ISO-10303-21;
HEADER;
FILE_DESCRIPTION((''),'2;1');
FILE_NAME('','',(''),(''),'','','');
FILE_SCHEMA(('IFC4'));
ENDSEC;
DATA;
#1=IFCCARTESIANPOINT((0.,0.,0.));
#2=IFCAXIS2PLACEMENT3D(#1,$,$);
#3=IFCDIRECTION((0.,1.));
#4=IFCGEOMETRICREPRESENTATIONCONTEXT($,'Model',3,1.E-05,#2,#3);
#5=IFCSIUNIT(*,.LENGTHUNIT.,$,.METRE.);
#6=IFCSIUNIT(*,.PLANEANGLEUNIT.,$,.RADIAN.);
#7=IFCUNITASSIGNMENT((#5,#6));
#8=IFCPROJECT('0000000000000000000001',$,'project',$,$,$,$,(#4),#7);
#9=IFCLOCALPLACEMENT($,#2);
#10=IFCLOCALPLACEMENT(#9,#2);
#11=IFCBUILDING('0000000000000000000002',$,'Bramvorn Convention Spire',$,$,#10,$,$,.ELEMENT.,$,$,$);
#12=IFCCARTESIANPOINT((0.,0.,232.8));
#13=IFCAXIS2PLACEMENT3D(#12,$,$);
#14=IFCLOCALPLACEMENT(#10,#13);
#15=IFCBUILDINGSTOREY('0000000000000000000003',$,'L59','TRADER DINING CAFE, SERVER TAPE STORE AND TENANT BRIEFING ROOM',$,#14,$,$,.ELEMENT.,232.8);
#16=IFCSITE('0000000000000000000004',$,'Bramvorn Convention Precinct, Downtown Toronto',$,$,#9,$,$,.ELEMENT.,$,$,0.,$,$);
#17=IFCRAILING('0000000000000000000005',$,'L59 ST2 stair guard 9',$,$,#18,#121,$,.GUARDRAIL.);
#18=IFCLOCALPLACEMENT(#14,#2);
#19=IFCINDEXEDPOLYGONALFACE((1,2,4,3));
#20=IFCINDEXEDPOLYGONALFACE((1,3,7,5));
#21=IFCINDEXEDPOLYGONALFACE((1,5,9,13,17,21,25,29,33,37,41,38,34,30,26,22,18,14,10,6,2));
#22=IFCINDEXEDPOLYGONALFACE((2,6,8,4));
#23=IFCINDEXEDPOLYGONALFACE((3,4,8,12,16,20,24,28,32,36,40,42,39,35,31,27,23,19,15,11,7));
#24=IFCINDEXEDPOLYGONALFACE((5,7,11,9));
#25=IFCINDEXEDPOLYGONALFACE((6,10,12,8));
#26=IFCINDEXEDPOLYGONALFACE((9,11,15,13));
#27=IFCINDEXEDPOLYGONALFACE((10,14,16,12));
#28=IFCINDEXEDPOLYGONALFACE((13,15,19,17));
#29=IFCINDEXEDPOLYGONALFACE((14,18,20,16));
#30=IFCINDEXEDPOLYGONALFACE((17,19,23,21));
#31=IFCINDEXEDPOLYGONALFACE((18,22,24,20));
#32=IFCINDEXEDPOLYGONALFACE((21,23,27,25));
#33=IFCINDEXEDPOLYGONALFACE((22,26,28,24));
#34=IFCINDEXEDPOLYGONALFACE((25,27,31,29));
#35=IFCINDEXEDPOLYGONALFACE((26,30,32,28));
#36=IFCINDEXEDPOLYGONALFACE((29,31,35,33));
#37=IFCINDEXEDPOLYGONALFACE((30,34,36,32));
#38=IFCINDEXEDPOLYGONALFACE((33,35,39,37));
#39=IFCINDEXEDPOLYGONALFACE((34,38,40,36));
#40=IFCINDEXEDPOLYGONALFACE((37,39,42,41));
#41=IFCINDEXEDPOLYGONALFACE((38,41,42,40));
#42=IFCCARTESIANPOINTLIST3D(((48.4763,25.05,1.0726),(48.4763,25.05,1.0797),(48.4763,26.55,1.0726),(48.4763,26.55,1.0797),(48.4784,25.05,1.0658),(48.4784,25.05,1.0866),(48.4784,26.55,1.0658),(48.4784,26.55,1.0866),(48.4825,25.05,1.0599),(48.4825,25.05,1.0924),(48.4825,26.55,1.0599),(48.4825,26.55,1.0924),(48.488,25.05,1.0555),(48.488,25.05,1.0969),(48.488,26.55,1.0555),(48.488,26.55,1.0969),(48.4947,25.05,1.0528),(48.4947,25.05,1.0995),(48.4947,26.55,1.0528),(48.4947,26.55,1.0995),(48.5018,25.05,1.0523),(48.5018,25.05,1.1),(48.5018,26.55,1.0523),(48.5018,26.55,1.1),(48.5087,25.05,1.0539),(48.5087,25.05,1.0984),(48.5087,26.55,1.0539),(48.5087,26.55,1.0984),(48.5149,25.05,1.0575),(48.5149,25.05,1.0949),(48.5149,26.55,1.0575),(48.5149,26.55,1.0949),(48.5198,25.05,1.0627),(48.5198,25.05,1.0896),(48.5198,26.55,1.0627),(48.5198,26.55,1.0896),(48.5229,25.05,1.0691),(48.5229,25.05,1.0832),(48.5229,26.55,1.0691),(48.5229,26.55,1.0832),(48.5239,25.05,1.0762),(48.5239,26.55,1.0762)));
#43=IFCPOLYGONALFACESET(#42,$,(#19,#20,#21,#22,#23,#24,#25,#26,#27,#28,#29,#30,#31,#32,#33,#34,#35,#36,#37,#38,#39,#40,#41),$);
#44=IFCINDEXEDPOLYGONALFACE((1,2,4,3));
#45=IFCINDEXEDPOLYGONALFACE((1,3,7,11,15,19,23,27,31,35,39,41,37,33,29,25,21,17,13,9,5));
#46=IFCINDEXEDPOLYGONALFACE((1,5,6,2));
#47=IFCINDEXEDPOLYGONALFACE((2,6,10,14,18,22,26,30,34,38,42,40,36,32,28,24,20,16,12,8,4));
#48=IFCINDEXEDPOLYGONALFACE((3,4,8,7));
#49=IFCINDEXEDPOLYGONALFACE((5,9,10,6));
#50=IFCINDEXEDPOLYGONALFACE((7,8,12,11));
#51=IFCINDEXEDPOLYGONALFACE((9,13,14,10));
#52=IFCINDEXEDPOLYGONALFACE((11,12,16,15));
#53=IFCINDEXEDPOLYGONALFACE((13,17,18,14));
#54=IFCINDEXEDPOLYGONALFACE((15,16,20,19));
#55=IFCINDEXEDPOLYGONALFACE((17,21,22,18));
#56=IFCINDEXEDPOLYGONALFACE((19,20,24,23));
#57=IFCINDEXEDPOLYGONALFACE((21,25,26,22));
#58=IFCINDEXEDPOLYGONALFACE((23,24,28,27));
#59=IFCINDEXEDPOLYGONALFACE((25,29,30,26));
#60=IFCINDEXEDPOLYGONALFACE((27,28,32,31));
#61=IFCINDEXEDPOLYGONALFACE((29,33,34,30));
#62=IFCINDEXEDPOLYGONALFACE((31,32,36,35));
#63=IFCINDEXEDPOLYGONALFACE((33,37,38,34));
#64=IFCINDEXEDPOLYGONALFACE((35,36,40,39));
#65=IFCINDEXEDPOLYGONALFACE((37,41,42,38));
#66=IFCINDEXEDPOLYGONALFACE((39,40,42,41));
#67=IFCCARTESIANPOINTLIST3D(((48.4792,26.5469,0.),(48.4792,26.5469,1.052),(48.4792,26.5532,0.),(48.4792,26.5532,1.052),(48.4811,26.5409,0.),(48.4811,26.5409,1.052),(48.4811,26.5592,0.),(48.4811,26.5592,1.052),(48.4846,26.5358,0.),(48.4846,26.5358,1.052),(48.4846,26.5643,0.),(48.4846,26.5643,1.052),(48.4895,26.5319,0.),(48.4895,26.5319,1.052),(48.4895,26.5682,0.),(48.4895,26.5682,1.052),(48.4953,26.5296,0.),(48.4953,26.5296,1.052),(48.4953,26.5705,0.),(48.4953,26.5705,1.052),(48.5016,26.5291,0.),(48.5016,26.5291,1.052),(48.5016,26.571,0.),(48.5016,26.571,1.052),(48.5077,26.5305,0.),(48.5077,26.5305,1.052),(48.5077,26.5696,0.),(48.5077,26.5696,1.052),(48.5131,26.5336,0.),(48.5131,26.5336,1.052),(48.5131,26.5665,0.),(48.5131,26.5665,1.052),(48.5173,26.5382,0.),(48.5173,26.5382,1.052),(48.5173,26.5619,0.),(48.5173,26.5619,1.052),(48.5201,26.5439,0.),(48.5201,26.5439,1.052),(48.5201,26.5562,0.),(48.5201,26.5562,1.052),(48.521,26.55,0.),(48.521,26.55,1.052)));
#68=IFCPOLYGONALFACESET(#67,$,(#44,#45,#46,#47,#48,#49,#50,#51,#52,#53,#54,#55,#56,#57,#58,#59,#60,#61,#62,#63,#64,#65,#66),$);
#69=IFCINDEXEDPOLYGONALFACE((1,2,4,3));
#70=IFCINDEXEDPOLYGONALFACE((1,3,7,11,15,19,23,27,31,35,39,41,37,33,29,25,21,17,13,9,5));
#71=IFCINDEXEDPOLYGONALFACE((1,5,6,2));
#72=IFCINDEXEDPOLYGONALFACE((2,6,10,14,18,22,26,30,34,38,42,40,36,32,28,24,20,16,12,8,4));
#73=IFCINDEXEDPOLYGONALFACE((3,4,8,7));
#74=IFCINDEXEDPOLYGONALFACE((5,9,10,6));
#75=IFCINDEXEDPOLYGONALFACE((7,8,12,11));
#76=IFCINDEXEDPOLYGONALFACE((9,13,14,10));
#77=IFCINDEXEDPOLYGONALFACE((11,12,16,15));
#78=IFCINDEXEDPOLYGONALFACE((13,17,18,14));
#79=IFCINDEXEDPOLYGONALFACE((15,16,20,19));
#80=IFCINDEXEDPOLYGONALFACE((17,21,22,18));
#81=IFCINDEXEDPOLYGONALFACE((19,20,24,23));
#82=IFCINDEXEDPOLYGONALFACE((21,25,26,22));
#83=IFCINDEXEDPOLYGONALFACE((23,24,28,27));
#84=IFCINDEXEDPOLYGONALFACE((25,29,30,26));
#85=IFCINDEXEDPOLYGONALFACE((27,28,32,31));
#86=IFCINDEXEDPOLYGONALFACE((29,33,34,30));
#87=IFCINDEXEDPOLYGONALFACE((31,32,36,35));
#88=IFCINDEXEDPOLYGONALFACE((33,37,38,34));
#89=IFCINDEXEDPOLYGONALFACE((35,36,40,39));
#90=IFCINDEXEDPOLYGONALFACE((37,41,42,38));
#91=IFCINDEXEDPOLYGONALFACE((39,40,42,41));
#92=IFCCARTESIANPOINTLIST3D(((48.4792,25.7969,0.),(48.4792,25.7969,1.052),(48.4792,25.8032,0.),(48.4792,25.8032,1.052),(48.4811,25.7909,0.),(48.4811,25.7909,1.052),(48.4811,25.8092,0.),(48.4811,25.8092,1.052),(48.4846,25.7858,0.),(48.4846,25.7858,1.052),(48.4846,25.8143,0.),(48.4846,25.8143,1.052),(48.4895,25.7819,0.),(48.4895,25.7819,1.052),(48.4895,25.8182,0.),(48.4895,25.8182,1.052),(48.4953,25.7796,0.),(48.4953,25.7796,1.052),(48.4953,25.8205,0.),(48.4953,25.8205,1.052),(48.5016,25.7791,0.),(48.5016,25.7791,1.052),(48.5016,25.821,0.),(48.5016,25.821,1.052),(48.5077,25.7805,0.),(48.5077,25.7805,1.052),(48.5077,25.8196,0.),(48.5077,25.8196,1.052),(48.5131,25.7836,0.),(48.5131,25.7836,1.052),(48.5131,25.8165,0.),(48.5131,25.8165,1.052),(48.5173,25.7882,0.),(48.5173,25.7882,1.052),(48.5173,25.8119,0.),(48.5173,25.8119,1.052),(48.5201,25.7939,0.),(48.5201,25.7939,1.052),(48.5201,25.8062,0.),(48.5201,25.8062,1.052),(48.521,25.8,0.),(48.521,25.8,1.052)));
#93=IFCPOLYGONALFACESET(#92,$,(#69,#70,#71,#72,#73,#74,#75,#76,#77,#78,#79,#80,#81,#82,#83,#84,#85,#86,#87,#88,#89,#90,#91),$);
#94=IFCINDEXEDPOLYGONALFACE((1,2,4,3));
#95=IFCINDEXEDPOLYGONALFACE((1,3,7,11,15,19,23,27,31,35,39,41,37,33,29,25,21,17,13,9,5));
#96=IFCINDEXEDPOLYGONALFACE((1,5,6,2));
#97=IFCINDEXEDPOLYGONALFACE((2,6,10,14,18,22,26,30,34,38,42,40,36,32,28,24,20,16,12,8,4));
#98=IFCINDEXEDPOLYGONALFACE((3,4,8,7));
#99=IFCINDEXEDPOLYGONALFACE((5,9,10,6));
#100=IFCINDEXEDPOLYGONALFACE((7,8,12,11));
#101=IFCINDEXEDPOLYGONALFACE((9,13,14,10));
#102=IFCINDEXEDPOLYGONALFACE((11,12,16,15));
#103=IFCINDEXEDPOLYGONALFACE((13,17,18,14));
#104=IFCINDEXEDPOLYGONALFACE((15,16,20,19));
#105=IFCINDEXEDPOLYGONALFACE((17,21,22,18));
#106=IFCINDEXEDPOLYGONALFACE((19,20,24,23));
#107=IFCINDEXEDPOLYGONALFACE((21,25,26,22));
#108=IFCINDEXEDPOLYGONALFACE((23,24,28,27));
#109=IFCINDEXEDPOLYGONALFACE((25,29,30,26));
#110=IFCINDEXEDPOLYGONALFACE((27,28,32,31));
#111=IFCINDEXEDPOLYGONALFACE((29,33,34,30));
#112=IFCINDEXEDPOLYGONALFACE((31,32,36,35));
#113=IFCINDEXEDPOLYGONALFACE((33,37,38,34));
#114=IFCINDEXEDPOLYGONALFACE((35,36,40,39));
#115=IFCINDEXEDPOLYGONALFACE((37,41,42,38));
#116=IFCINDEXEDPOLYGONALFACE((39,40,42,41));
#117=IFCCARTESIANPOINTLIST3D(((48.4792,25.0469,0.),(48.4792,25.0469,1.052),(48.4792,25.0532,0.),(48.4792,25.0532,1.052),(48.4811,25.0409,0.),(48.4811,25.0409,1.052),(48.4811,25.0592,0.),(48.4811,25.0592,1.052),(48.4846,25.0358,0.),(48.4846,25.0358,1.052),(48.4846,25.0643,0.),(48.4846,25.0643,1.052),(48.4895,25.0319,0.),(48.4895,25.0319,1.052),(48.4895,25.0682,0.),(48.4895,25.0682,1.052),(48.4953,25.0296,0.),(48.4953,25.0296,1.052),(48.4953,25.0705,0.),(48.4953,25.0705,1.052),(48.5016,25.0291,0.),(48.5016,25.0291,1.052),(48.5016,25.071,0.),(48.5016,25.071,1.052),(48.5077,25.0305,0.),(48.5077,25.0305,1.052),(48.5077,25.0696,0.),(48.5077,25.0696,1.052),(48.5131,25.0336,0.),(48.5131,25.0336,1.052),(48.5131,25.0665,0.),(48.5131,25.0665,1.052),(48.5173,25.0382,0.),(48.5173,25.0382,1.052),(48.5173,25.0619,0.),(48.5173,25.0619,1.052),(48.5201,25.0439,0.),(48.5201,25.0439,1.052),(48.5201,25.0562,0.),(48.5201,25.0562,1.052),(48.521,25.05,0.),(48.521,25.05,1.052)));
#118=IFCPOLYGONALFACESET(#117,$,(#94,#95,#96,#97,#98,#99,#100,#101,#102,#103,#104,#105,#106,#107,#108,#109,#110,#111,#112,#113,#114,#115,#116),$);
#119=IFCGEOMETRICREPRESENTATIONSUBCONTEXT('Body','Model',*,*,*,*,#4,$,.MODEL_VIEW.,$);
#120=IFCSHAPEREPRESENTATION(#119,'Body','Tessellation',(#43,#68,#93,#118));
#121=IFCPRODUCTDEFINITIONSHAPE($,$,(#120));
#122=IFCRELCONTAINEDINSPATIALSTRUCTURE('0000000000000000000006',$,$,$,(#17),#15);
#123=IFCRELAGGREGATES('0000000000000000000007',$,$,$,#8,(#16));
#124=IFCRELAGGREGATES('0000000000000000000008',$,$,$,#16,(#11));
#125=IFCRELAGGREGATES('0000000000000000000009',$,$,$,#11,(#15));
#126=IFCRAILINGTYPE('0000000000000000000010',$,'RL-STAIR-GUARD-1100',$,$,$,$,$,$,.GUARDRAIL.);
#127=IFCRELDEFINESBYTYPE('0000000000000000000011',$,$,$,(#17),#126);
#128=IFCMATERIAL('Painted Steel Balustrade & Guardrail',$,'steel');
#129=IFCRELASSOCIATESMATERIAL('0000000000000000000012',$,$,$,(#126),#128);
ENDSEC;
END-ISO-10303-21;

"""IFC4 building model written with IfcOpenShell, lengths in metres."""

from ifc_helpers import new_model, si_unit, direction, frame, origin, origin_2d, place, context, subcontext, project, spatial, circle, extrude, material, type_object, element, save


model = new_model("IFC4")

# Units and contexts
model_context = context("Model", 3, precision=1e-05, world=origin(), true_north=direction((0.0, 1.0)))
body_context = subcontext(model_context, "Body", "Model", "MODEL_VIEW")
ifc_project = project(units=[si_unit("LENGTHUNIT", "METRE"), si_unit("PLANEANGLEUNIT", "RADIAN")], contexts=[model_context])

# Site, building, storey
site_placement = place(None, origin())
site = spatial("IfcSite", under=ifc_project, at=site_placement, Name="Bramvorn Convention Precinct, Downtown Toronto", CompositionType="ELEMENT", RefElevation=0.0)
building_placement = place(site_placement, origin())
building = spatial("IfcBuilding", under=site, at=building_placement, Name="Bramvorn Convention Spire", CompositionType="ELEMENT")
storey_placement = place(building_placement, frame((0.0, 0.0, 232.8)))
storey = spatial("IfcBuildingStorey", under=building, at=storey_placement, Name="L59", Description="TRADER DINING CAFE, SERVER TAPE STORE AND TENANT BRIEFING ROOM", CompositionType="ELEMENT", Elevation=232.8)

# Railing
ifc_material_1 = material(Name="Painted Steel Balustrade & Guardrail", Category="steel")
railing_type = type_object("IfcRailingType", Name="RL-STAIR-GUARD-1100", PredefinedType="GUARDRAIL", material=ifc_material_1)
railing_1_placement = place(storey_placement, frame((48.5, 26.55, 0.0)))
element("IfcRailing", 1, at=railing_1_placement, inside=storey, type_object=railing_type, Name="L59 ST2 stair guard 9", PredefinedType="GUARDRAIL", context=body_context, shape_type="SweptSolid", body=[
    extrude(circle(Radius=0.0239, at=origin_2d()), frame((0.0, 0.0, 1.0762), z_axis=(0.0, -1.0, 0.0), x_axis=(1.0, 0.0, 0.0)), (0.0, 0.0, 1.0), 1.5),
    extrude(circle(Radius=0.021, at=origin_2d()), origin(), (0.0, 0.0, 1.0), 1.052),
    extrude(circle(Radius=0.021, at=origin_2d()), frame((0.0, -0.75, 0.0)), (0.0, 0.0, 1.0), 1.052),
    extrude(circle(Radius=0.021, at=origin_2d()), frame((0.0, -1.5, 0.0)), (0.0, 0.0, 1.0), 1.052),
])

save(model, "model.ifc")
